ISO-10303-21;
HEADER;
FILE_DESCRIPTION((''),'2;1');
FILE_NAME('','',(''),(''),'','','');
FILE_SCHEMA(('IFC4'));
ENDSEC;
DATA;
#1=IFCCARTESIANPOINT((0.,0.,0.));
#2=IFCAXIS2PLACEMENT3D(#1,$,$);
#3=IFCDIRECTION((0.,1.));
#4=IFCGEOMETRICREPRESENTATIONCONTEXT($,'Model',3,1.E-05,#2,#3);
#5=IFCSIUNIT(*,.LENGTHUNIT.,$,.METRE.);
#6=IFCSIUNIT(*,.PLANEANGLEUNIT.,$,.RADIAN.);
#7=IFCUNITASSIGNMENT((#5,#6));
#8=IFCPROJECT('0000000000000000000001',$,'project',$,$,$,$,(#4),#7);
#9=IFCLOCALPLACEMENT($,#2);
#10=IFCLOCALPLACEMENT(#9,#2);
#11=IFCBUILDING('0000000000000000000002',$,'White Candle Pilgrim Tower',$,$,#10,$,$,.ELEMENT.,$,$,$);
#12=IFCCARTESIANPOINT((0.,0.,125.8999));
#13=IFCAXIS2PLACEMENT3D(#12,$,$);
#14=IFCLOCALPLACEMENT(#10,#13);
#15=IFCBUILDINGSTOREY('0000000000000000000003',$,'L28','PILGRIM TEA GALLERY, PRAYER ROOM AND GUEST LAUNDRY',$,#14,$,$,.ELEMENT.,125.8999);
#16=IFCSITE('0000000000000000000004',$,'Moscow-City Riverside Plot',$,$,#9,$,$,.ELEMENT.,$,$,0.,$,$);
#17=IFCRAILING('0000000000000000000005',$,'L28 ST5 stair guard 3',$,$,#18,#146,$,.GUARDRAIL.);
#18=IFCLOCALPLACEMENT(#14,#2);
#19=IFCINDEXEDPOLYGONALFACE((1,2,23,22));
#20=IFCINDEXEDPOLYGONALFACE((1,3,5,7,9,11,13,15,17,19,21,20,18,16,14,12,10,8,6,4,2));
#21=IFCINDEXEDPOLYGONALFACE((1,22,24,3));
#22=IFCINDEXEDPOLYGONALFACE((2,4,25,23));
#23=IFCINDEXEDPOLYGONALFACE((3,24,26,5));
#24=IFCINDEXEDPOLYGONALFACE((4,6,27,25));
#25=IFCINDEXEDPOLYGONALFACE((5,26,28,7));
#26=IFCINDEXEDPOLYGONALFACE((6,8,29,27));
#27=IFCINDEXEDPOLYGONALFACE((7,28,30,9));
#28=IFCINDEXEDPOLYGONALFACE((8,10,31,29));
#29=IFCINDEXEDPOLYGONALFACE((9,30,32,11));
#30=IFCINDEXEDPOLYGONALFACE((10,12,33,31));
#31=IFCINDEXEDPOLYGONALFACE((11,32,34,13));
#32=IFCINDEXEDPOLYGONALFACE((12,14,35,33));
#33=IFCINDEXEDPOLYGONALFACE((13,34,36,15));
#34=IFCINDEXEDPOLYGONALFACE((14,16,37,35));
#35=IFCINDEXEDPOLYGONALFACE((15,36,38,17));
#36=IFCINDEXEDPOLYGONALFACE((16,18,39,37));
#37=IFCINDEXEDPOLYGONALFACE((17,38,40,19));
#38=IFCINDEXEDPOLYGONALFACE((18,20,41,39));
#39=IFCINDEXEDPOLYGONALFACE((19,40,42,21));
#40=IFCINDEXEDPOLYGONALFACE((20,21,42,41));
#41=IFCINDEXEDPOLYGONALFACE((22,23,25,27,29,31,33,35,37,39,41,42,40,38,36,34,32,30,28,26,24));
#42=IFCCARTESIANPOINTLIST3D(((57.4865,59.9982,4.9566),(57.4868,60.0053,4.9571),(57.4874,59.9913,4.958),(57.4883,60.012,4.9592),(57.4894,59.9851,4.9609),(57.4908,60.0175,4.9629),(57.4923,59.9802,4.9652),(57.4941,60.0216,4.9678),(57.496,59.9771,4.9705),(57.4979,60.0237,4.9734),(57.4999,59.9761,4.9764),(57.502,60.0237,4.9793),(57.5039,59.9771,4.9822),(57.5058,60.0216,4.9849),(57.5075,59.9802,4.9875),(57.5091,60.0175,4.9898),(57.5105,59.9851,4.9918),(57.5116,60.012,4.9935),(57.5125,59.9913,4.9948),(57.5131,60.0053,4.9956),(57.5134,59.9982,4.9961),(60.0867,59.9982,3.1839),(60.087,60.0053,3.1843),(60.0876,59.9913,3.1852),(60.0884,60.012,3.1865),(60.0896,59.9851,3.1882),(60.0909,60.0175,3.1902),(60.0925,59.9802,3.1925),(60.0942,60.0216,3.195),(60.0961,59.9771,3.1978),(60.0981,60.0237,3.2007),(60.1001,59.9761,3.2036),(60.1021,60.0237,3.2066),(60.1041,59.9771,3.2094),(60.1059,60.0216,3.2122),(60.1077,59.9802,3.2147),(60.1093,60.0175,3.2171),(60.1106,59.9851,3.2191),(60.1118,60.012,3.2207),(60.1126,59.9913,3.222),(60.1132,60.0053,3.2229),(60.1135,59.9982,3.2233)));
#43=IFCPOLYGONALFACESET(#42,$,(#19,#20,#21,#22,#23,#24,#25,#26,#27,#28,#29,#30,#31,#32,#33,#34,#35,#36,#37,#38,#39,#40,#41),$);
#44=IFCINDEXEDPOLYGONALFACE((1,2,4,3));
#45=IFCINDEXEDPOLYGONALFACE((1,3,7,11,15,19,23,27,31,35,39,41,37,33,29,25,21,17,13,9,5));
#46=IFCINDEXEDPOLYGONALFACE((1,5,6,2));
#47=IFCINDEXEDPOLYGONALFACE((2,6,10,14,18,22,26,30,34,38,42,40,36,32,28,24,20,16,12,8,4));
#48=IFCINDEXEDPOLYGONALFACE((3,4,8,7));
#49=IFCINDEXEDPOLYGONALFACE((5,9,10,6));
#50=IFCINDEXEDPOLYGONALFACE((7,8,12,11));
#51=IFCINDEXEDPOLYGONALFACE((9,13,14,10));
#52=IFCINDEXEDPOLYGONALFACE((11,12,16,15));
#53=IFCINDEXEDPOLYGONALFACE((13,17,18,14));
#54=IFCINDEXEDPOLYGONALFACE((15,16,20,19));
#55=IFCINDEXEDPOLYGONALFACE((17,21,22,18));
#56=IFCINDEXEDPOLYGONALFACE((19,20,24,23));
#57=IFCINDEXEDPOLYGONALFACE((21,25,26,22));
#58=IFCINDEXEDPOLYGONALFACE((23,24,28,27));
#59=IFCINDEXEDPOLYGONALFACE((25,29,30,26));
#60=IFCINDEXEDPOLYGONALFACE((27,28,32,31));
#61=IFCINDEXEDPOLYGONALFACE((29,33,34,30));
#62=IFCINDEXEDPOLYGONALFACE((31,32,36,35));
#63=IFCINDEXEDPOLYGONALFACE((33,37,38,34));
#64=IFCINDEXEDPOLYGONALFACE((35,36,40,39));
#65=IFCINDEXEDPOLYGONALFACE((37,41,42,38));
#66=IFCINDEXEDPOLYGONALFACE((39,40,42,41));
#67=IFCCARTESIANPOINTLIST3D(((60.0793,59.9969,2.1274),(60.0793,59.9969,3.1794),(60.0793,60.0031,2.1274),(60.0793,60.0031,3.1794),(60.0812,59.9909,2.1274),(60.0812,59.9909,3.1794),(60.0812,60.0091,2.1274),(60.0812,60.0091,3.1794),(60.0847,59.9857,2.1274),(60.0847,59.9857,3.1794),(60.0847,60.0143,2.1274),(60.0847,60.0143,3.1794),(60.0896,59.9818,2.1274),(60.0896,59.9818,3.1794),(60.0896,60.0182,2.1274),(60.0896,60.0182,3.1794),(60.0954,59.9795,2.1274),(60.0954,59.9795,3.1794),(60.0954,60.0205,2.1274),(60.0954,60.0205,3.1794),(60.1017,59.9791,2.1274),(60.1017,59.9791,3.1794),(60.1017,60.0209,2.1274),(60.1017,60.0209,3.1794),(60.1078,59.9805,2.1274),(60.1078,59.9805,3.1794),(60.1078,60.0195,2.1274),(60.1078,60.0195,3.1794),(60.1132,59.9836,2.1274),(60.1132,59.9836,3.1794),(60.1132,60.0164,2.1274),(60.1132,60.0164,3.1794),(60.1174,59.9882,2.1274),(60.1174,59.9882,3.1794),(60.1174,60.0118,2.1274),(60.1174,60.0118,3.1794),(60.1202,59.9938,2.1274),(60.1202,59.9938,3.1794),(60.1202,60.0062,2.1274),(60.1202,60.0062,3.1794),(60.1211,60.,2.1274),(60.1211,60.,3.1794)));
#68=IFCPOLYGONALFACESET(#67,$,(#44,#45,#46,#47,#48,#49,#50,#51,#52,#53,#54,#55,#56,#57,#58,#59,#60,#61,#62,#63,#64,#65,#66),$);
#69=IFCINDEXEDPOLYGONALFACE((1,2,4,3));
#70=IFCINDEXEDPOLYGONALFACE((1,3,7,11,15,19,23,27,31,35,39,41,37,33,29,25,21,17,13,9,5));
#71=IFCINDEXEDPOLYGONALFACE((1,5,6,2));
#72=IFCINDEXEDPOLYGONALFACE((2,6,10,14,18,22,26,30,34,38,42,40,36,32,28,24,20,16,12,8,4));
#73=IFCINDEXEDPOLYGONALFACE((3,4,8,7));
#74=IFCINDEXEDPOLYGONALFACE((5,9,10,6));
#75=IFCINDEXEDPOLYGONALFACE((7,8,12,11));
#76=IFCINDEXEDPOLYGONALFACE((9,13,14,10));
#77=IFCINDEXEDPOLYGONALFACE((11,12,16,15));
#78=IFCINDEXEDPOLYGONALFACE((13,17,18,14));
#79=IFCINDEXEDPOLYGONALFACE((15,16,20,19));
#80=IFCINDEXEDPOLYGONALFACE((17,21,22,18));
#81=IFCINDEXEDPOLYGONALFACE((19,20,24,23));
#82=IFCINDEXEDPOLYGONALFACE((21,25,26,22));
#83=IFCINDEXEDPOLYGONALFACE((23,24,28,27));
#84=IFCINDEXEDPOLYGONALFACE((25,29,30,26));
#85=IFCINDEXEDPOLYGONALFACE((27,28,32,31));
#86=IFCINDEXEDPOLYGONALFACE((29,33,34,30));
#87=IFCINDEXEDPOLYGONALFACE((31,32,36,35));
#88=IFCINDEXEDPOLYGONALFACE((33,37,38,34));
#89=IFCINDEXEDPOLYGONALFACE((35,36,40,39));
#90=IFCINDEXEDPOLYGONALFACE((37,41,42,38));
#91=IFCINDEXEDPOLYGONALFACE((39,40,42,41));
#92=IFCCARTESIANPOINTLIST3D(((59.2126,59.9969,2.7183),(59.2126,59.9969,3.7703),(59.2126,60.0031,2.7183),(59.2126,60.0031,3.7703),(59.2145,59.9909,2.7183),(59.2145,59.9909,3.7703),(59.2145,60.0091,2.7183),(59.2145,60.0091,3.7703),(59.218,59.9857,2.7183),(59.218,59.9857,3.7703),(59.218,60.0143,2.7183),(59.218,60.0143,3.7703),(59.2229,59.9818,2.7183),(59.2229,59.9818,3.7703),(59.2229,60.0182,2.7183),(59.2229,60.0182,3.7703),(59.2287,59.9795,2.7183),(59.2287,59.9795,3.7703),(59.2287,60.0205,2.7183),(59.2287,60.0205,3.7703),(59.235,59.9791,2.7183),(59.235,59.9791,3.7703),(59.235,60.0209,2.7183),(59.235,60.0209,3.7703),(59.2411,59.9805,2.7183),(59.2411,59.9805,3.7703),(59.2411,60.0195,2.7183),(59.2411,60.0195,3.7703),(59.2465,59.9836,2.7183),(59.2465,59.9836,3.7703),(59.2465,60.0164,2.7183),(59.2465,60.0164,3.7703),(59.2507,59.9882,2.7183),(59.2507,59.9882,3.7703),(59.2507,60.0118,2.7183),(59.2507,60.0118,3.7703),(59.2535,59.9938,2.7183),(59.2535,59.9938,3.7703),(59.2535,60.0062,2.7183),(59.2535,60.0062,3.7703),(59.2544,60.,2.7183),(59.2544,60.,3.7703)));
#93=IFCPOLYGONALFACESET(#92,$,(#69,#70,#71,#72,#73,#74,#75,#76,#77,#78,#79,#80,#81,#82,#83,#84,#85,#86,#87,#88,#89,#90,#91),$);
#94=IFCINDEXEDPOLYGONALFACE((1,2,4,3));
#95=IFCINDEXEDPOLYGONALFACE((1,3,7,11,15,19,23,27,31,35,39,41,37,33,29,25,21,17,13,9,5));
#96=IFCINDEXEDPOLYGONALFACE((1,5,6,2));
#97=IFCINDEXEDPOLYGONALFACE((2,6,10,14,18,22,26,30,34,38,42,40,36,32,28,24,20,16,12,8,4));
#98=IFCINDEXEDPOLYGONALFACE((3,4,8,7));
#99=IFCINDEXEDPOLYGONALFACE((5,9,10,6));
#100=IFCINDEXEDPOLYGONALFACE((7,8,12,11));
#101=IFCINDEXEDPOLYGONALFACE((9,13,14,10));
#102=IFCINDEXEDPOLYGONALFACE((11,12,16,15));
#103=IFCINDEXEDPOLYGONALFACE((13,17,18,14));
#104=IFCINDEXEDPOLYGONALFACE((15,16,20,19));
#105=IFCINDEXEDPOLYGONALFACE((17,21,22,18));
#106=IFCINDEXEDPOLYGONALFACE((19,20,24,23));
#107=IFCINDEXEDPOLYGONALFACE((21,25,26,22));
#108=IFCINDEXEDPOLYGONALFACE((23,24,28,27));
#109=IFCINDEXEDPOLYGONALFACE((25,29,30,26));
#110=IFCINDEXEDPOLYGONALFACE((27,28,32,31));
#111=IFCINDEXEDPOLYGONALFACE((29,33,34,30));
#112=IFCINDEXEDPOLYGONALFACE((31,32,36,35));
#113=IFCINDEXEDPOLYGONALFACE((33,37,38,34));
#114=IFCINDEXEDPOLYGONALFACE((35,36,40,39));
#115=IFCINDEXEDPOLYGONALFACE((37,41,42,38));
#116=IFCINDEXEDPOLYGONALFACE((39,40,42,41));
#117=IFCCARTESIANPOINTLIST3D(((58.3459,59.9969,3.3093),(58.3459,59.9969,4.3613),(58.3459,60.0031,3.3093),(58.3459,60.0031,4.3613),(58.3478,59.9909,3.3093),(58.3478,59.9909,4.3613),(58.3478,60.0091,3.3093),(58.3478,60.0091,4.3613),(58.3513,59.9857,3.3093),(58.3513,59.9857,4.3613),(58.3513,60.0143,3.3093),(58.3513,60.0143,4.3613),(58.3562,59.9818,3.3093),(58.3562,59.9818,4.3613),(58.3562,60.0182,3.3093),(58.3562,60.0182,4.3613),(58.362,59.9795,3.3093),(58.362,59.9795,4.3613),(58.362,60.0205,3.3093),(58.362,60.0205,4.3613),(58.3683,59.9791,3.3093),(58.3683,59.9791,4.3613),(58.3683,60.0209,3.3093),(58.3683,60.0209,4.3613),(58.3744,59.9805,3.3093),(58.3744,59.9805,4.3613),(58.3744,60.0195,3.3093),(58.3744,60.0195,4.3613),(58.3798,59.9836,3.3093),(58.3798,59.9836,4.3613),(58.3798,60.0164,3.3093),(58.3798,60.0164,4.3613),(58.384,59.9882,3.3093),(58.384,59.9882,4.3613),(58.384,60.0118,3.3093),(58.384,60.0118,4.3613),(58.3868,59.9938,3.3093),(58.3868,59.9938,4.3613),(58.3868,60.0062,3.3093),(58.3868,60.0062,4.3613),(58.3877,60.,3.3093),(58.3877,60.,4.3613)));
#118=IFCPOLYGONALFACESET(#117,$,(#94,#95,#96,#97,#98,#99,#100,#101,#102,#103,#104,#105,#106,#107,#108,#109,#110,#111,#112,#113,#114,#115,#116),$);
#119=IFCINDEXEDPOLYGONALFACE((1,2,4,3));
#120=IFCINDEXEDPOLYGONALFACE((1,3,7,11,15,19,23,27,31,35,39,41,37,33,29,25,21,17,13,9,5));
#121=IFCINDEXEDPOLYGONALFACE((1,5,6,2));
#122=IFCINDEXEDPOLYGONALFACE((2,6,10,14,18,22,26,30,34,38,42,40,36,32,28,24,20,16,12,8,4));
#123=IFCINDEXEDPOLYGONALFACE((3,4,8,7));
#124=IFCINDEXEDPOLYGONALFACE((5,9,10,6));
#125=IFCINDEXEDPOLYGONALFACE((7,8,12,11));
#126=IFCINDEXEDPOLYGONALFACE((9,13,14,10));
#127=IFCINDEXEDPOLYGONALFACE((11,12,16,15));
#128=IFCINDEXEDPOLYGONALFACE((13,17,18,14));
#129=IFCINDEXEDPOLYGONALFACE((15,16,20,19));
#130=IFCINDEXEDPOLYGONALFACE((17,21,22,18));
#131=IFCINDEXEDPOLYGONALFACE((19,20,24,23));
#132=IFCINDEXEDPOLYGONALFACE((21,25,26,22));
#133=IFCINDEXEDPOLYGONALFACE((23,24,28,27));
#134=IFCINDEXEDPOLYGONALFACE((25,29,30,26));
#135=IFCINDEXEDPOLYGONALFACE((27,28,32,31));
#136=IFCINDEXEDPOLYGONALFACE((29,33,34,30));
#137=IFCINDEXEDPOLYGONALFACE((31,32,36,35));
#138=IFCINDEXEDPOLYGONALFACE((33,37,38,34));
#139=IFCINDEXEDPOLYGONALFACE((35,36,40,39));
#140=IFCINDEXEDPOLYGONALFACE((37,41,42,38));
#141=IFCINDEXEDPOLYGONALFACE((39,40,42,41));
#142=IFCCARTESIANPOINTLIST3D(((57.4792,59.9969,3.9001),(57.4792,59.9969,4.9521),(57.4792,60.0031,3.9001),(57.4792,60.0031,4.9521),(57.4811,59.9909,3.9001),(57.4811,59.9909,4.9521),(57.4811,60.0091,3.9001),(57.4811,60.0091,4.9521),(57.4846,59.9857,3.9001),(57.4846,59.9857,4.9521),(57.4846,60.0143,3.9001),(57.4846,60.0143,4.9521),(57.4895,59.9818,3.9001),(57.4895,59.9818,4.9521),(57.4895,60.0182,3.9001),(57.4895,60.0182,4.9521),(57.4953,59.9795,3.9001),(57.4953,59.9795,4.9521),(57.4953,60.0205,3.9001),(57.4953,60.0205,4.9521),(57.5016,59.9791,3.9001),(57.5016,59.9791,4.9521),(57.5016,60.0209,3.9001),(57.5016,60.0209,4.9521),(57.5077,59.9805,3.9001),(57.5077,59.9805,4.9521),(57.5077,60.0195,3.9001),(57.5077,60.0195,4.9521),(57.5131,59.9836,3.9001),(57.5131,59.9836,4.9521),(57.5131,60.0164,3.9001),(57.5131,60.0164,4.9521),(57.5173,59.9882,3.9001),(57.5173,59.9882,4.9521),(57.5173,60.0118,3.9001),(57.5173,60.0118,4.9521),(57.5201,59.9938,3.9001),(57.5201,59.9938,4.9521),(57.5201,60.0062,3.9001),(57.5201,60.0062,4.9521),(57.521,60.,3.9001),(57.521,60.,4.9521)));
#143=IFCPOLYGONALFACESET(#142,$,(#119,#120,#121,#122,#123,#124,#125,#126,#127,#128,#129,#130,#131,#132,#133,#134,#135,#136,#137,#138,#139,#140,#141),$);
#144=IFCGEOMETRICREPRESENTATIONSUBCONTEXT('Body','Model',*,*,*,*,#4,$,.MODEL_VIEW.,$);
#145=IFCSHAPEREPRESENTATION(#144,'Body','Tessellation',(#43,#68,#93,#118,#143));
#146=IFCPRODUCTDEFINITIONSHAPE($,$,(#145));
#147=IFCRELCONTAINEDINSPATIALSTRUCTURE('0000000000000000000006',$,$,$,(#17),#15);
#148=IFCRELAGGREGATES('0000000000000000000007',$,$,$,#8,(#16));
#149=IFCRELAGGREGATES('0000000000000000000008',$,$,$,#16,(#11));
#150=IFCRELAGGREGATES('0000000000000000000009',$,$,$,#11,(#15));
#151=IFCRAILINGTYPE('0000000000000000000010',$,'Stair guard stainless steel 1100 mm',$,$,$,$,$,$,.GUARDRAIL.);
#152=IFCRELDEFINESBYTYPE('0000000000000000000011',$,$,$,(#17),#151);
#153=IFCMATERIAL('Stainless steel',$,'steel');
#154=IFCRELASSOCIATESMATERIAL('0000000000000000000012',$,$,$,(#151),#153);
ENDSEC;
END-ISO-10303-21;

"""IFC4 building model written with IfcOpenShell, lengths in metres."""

from ifc_helpers import new_model, si_unit, direction, frame, origin, origin_2d, place, context, subcontext, project, spatial, circle, extrude, material, type_object, element, save


model = new_model("IFC4")

# Units and contexts
model_context = context("Model", 3, precision=1e-05, world=origin(), true_north=direction((0.0, 1.0)))
body_context = subcontext(model_context, "Body", "Model", "MODEL_VIEW")
ifc_project = project(units=[si_unit("LENGTHUNIT", "METRE"), si_unit("PLANEANGLEUNIT", "RADIAN")], contexts=[model_context])

# Site, building, storey
site_placement = place(None, origin())
site = spatial("IfcSite", under=ifc_project, at=site_placement, Name="Moscow-City Riverside Plot", CompositionType="ELEMENT", RefElevation=0.0)
building_placement = place(site_placement, origin())
building = spatial("IfcBuilding", under=site, at=building_placement, Name="White Candle Pilgrim Tower", CompositionType="ELEMENT")
storey_placement = place(building_placement, frame((0.0, 0.0, 125.8999)))
storey = spatial("IfcBuildingStorey", under=building, at=storey_placement, Name="L28", Description="PILGRIM TEA GALLERY, PRAYER ROOM AND GUEST LAUNDRY", CompositionType="ELEMENT", Elevation=125.8999)

# Railing
ifc_material_1 = material(Name="Stainless steel", Category="steel")
railing_type_1 = type_object("IfcRailingType", Name="Stair guard stainless steel 1100 mm", PredefinedType="GUARDRAIL", material=ifc_material_1)
railing_1_placement = place(storey_placement, frame((60.1001, 60.0, 2.1274)))
element("IfcRailing", 1, at=railing_1_placement, inside=storey, type_object=railing_type_1, Name="L28 ST5 stair guard 3", PredefinedType="GUARDRAIL", context=body_context, shape_type="SweptSolid", body=[
    extrude(circle(Radius=0.0239, at=origin_2d()), frame((0.0, 0.0, 1.0762), z_axis=(-0.82624, 0.0, 0.563318), x_axis=(0.0, -1.0, 0.0)), (0.0, 0.0, 1.0), 3.147),
    extrude(circle(Radius=0.021, at=origin_2d()), origin(), (0.0, 0.0, 1.0), 1.052),
    extrude(circle(Radius=0.021, at=origin_2d()), frame((-0.8667, 0.0, 0.5908)), (0.0, 0.0, 1.0), 1.052),
    extrude(circle(Radius=0.021, at=origin_2d()), frame((-1.7334, 0.0, 1.1819)), (0.0, 0.0, 1.0), 1.052),
    extrude(circle(Radius=0.021, at=origin_2d()), frame((-2.6001, 0.0, 1.7727)), (0.0, 0.0, 1.0), 1.052),
])

save(model, "model.ifc")
